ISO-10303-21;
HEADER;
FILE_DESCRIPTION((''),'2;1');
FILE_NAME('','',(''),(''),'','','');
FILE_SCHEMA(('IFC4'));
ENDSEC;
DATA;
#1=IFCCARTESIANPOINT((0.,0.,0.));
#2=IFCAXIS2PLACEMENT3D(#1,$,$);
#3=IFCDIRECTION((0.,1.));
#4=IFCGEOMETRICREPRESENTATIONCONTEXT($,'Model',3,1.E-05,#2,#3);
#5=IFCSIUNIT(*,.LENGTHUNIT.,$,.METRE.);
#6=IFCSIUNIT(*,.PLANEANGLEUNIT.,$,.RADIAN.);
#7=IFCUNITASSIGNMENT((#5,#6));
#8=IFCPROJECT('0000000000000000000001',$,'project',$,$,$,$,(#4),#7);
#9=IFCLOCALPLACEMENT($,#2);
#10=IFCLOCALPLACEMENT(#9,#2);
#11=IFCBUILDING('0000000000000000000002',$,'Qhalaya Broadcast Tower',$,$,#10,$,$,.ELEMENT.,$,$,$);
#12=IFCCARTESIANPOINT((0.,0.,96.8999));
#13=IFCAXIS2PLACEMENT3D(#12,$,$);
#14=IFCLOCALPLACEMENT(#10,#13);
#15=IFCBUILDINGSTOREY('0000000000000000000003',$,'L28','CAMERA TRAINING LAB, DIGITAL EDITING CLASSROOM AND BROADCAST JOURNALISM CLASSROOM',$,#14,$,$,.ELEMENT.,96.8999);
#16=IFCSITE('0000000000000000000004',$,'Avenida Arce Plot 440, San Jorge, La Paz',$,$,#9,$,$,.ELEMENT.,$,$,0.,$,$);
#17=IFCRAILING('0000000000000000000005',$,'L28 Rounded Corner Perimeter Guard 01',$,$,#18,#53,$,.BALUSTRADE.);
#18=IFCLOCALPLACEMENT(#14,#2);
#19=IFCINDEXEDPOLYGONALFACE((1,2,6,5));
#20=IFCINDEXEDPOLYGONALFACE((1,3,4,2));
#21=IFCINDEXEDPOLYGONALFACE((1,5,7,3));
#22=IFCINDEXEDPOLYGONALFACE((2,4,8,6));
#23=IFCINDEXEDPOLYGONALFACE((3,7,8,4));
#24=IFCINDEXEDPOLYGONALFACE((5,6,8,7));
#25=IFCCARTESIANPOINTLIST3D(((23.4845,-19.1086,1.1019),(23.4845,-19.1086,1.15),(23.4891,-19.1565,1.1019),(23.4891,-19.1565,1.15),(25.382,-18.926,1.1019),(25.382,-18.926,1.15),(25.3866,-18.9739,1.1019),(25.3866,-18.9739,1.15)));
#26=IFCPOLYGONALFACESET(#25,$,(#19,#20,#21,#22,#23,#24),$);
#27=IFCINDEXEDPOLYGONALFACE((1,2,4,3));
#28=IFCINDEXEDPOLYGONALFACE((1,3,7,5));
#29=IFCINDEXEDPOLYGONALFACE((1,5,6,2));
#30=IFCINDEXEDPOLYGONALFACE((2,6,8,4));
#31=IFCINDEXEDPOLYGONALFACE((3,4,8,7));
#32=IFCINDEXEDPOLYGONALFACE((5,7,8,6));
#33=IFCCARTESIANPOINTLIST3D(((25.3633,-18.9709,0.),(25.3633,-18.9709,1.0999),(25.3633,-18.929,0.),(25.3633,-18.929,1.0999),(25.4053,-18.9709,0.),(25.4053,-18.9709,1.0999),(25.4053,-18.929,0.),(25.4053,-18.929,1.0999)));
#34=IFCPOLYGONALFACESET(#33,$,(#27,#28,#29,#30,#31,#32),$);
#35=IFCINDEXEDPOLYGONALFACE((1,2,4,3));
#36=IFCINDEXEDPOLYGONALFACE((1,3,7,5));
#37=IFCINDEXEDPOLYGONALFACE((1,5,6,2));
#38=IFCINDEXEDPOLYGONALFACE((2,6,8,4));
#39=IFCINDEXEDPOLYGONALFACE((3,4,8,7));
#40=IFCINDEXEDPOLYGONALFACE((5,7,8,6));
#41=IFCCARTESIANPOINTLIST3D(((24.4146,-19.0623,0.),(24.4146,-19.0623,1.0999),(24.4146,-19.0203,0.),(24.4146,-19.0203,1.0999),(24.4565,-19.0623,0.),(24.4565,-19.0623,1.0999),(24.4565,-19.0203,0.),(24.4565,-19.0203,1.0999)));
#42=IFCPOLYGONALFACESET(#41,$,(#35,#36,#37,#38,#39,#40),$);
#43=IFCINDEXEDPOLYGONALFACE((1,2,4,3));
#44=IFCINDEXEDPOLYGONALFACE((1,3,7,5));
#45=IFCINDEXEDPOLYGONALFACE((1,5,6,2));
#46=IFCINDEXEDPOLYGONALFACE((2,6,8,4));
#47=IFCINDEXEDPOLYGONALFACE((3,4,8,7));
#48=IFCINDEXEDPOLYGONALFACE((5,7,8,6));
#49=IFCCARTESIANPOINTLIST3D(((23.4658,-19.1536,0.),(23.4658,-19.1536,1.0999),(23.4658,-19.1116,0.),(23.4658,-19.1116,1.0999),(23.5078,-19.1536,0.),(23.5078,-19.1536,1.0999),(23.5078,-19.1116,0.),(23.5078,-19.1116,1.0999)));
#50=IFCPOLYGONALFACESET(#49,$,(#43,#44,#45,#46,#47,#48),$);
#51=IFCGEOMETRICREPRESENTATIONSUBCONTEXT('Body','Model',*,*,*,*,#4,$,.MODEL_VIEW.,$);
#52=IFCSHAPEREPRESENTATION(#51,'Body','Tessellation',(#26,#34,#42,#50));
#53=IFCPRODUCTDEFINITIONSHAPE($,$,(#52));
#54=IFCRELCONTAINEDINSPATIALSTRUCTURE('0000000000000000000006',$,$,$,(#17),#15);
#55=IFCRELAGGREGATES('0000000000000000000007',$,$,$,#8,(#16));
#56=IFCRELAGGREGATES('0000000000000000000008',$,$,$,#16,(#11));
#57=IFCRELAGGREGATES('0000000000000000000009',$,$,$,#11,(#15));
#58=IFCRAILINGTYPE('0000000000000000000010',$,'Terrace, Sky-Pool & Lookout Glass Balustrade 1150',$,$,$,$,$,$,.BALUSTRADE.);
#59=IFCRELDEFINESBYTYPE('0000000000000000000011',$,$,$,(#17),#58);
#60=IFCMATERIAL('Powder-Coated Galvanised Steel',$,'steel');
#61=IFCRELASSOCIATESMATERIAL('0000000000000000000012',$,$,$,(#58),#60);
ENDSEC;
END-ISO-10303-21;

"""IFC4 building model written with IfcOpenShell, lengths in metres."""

from ifc_helpers import new_model, si_unit, direction, frame, origin, origin_2d, place, context, subcontext, project, spatial, rectangle, extrude, material, type_object, element, save


model = new_model("IFC4")

# Units and contexts
model_context = context("Model", 3, precision=1e-05, world=origin(), true_north=direction((0.0, 1.0)))
body_context = subcontext(model_context, "Body", "Model", "MODEL_VIEW")
ifc_project = project(units=[si_unit("LENGTHUNIT", "METRE"), si_unit("PLANEANGLEUNIT", "RADIAN")], contexts=[model_context])

# Site, building, storey
site_placement = place(None, origin())
site = spatial("IfcSite", under=ifc_project, at=site_placement, Name="Avenida Arce Plot 440, San Jorge, La Paz", CompositionType="ELEMENT", RefElevation=0.0)
building_placement = place(site_placement, origin())
building = spatial("IfcBuilding", under=site, at=building_placement, Name="Qhalaya Broadcast Tower", CompositionType="ELEMENT")
storey_placement = place(building_placement, frame((0.0, 0.0, 96.8999)))
storey = spatial("IfcBuildingStorey", under=building, at=storey_placement, Name="L28", Description="CAMERA TRAINING LAB, DIGITAL EDITING CLASSROOM AND BROADCAST JOURNALISM CLASSROOM", CompositionType="ELEMENT", Elevation=96.8999)

# Railing
ifc_material_1 = material(Name="Powder-Coated Galvanised Steel", Category="steel")
railing_type = type_object("IfcRailingType", Name="Terrace, Sky-Pool & Lookout Glass Balustrade 1150", PredefinedType="BALUSTRADE", material=ifc_material_1)
railing_placement = place(storey_placement, frame((25.3843, -18.95, 0.0)))
element("IfcRailing", 1, at=railing_placement, inside=storey, type_object=railing_type, Name="L28 Rounded Corner Perimeter Guard 01", PredefinedType="BALUSTRADE", context=body_context, shape_type="SweptSolid", body=[
    extrude(rectangle(XDim=0.0481, YDim=0.0481, at=origin_2d()), frame((0.0, 0.0, 1.126), z_axis=(-0.995401, -0.0958, 0.0), x_axis=(0.0958, -0.995401, 0.0)), (0.0, 0.0, 1.0), 1.9062),
    extrude(rectangle(XDim=0.042, YDim=0.042, at=origin_2d()), origin(), (0.0, 0.0, 1.0), 1.0999),
    extrude(rectangle(XDim=0.042, YDim=0.042, at=origin_2d()), frame((-0.9487, -0.0913, 0.0)), (0.0, 0.0, 1.0), 1.0999),
    extrude(rectangle(XDim=0.042, YDim=0.042, at=origin_2d()), frame((-1.8975, -0.1826, 0.0)), (0.0, 0.0, 1.0), 1.0999),
])

save(model, "model.ifc")
